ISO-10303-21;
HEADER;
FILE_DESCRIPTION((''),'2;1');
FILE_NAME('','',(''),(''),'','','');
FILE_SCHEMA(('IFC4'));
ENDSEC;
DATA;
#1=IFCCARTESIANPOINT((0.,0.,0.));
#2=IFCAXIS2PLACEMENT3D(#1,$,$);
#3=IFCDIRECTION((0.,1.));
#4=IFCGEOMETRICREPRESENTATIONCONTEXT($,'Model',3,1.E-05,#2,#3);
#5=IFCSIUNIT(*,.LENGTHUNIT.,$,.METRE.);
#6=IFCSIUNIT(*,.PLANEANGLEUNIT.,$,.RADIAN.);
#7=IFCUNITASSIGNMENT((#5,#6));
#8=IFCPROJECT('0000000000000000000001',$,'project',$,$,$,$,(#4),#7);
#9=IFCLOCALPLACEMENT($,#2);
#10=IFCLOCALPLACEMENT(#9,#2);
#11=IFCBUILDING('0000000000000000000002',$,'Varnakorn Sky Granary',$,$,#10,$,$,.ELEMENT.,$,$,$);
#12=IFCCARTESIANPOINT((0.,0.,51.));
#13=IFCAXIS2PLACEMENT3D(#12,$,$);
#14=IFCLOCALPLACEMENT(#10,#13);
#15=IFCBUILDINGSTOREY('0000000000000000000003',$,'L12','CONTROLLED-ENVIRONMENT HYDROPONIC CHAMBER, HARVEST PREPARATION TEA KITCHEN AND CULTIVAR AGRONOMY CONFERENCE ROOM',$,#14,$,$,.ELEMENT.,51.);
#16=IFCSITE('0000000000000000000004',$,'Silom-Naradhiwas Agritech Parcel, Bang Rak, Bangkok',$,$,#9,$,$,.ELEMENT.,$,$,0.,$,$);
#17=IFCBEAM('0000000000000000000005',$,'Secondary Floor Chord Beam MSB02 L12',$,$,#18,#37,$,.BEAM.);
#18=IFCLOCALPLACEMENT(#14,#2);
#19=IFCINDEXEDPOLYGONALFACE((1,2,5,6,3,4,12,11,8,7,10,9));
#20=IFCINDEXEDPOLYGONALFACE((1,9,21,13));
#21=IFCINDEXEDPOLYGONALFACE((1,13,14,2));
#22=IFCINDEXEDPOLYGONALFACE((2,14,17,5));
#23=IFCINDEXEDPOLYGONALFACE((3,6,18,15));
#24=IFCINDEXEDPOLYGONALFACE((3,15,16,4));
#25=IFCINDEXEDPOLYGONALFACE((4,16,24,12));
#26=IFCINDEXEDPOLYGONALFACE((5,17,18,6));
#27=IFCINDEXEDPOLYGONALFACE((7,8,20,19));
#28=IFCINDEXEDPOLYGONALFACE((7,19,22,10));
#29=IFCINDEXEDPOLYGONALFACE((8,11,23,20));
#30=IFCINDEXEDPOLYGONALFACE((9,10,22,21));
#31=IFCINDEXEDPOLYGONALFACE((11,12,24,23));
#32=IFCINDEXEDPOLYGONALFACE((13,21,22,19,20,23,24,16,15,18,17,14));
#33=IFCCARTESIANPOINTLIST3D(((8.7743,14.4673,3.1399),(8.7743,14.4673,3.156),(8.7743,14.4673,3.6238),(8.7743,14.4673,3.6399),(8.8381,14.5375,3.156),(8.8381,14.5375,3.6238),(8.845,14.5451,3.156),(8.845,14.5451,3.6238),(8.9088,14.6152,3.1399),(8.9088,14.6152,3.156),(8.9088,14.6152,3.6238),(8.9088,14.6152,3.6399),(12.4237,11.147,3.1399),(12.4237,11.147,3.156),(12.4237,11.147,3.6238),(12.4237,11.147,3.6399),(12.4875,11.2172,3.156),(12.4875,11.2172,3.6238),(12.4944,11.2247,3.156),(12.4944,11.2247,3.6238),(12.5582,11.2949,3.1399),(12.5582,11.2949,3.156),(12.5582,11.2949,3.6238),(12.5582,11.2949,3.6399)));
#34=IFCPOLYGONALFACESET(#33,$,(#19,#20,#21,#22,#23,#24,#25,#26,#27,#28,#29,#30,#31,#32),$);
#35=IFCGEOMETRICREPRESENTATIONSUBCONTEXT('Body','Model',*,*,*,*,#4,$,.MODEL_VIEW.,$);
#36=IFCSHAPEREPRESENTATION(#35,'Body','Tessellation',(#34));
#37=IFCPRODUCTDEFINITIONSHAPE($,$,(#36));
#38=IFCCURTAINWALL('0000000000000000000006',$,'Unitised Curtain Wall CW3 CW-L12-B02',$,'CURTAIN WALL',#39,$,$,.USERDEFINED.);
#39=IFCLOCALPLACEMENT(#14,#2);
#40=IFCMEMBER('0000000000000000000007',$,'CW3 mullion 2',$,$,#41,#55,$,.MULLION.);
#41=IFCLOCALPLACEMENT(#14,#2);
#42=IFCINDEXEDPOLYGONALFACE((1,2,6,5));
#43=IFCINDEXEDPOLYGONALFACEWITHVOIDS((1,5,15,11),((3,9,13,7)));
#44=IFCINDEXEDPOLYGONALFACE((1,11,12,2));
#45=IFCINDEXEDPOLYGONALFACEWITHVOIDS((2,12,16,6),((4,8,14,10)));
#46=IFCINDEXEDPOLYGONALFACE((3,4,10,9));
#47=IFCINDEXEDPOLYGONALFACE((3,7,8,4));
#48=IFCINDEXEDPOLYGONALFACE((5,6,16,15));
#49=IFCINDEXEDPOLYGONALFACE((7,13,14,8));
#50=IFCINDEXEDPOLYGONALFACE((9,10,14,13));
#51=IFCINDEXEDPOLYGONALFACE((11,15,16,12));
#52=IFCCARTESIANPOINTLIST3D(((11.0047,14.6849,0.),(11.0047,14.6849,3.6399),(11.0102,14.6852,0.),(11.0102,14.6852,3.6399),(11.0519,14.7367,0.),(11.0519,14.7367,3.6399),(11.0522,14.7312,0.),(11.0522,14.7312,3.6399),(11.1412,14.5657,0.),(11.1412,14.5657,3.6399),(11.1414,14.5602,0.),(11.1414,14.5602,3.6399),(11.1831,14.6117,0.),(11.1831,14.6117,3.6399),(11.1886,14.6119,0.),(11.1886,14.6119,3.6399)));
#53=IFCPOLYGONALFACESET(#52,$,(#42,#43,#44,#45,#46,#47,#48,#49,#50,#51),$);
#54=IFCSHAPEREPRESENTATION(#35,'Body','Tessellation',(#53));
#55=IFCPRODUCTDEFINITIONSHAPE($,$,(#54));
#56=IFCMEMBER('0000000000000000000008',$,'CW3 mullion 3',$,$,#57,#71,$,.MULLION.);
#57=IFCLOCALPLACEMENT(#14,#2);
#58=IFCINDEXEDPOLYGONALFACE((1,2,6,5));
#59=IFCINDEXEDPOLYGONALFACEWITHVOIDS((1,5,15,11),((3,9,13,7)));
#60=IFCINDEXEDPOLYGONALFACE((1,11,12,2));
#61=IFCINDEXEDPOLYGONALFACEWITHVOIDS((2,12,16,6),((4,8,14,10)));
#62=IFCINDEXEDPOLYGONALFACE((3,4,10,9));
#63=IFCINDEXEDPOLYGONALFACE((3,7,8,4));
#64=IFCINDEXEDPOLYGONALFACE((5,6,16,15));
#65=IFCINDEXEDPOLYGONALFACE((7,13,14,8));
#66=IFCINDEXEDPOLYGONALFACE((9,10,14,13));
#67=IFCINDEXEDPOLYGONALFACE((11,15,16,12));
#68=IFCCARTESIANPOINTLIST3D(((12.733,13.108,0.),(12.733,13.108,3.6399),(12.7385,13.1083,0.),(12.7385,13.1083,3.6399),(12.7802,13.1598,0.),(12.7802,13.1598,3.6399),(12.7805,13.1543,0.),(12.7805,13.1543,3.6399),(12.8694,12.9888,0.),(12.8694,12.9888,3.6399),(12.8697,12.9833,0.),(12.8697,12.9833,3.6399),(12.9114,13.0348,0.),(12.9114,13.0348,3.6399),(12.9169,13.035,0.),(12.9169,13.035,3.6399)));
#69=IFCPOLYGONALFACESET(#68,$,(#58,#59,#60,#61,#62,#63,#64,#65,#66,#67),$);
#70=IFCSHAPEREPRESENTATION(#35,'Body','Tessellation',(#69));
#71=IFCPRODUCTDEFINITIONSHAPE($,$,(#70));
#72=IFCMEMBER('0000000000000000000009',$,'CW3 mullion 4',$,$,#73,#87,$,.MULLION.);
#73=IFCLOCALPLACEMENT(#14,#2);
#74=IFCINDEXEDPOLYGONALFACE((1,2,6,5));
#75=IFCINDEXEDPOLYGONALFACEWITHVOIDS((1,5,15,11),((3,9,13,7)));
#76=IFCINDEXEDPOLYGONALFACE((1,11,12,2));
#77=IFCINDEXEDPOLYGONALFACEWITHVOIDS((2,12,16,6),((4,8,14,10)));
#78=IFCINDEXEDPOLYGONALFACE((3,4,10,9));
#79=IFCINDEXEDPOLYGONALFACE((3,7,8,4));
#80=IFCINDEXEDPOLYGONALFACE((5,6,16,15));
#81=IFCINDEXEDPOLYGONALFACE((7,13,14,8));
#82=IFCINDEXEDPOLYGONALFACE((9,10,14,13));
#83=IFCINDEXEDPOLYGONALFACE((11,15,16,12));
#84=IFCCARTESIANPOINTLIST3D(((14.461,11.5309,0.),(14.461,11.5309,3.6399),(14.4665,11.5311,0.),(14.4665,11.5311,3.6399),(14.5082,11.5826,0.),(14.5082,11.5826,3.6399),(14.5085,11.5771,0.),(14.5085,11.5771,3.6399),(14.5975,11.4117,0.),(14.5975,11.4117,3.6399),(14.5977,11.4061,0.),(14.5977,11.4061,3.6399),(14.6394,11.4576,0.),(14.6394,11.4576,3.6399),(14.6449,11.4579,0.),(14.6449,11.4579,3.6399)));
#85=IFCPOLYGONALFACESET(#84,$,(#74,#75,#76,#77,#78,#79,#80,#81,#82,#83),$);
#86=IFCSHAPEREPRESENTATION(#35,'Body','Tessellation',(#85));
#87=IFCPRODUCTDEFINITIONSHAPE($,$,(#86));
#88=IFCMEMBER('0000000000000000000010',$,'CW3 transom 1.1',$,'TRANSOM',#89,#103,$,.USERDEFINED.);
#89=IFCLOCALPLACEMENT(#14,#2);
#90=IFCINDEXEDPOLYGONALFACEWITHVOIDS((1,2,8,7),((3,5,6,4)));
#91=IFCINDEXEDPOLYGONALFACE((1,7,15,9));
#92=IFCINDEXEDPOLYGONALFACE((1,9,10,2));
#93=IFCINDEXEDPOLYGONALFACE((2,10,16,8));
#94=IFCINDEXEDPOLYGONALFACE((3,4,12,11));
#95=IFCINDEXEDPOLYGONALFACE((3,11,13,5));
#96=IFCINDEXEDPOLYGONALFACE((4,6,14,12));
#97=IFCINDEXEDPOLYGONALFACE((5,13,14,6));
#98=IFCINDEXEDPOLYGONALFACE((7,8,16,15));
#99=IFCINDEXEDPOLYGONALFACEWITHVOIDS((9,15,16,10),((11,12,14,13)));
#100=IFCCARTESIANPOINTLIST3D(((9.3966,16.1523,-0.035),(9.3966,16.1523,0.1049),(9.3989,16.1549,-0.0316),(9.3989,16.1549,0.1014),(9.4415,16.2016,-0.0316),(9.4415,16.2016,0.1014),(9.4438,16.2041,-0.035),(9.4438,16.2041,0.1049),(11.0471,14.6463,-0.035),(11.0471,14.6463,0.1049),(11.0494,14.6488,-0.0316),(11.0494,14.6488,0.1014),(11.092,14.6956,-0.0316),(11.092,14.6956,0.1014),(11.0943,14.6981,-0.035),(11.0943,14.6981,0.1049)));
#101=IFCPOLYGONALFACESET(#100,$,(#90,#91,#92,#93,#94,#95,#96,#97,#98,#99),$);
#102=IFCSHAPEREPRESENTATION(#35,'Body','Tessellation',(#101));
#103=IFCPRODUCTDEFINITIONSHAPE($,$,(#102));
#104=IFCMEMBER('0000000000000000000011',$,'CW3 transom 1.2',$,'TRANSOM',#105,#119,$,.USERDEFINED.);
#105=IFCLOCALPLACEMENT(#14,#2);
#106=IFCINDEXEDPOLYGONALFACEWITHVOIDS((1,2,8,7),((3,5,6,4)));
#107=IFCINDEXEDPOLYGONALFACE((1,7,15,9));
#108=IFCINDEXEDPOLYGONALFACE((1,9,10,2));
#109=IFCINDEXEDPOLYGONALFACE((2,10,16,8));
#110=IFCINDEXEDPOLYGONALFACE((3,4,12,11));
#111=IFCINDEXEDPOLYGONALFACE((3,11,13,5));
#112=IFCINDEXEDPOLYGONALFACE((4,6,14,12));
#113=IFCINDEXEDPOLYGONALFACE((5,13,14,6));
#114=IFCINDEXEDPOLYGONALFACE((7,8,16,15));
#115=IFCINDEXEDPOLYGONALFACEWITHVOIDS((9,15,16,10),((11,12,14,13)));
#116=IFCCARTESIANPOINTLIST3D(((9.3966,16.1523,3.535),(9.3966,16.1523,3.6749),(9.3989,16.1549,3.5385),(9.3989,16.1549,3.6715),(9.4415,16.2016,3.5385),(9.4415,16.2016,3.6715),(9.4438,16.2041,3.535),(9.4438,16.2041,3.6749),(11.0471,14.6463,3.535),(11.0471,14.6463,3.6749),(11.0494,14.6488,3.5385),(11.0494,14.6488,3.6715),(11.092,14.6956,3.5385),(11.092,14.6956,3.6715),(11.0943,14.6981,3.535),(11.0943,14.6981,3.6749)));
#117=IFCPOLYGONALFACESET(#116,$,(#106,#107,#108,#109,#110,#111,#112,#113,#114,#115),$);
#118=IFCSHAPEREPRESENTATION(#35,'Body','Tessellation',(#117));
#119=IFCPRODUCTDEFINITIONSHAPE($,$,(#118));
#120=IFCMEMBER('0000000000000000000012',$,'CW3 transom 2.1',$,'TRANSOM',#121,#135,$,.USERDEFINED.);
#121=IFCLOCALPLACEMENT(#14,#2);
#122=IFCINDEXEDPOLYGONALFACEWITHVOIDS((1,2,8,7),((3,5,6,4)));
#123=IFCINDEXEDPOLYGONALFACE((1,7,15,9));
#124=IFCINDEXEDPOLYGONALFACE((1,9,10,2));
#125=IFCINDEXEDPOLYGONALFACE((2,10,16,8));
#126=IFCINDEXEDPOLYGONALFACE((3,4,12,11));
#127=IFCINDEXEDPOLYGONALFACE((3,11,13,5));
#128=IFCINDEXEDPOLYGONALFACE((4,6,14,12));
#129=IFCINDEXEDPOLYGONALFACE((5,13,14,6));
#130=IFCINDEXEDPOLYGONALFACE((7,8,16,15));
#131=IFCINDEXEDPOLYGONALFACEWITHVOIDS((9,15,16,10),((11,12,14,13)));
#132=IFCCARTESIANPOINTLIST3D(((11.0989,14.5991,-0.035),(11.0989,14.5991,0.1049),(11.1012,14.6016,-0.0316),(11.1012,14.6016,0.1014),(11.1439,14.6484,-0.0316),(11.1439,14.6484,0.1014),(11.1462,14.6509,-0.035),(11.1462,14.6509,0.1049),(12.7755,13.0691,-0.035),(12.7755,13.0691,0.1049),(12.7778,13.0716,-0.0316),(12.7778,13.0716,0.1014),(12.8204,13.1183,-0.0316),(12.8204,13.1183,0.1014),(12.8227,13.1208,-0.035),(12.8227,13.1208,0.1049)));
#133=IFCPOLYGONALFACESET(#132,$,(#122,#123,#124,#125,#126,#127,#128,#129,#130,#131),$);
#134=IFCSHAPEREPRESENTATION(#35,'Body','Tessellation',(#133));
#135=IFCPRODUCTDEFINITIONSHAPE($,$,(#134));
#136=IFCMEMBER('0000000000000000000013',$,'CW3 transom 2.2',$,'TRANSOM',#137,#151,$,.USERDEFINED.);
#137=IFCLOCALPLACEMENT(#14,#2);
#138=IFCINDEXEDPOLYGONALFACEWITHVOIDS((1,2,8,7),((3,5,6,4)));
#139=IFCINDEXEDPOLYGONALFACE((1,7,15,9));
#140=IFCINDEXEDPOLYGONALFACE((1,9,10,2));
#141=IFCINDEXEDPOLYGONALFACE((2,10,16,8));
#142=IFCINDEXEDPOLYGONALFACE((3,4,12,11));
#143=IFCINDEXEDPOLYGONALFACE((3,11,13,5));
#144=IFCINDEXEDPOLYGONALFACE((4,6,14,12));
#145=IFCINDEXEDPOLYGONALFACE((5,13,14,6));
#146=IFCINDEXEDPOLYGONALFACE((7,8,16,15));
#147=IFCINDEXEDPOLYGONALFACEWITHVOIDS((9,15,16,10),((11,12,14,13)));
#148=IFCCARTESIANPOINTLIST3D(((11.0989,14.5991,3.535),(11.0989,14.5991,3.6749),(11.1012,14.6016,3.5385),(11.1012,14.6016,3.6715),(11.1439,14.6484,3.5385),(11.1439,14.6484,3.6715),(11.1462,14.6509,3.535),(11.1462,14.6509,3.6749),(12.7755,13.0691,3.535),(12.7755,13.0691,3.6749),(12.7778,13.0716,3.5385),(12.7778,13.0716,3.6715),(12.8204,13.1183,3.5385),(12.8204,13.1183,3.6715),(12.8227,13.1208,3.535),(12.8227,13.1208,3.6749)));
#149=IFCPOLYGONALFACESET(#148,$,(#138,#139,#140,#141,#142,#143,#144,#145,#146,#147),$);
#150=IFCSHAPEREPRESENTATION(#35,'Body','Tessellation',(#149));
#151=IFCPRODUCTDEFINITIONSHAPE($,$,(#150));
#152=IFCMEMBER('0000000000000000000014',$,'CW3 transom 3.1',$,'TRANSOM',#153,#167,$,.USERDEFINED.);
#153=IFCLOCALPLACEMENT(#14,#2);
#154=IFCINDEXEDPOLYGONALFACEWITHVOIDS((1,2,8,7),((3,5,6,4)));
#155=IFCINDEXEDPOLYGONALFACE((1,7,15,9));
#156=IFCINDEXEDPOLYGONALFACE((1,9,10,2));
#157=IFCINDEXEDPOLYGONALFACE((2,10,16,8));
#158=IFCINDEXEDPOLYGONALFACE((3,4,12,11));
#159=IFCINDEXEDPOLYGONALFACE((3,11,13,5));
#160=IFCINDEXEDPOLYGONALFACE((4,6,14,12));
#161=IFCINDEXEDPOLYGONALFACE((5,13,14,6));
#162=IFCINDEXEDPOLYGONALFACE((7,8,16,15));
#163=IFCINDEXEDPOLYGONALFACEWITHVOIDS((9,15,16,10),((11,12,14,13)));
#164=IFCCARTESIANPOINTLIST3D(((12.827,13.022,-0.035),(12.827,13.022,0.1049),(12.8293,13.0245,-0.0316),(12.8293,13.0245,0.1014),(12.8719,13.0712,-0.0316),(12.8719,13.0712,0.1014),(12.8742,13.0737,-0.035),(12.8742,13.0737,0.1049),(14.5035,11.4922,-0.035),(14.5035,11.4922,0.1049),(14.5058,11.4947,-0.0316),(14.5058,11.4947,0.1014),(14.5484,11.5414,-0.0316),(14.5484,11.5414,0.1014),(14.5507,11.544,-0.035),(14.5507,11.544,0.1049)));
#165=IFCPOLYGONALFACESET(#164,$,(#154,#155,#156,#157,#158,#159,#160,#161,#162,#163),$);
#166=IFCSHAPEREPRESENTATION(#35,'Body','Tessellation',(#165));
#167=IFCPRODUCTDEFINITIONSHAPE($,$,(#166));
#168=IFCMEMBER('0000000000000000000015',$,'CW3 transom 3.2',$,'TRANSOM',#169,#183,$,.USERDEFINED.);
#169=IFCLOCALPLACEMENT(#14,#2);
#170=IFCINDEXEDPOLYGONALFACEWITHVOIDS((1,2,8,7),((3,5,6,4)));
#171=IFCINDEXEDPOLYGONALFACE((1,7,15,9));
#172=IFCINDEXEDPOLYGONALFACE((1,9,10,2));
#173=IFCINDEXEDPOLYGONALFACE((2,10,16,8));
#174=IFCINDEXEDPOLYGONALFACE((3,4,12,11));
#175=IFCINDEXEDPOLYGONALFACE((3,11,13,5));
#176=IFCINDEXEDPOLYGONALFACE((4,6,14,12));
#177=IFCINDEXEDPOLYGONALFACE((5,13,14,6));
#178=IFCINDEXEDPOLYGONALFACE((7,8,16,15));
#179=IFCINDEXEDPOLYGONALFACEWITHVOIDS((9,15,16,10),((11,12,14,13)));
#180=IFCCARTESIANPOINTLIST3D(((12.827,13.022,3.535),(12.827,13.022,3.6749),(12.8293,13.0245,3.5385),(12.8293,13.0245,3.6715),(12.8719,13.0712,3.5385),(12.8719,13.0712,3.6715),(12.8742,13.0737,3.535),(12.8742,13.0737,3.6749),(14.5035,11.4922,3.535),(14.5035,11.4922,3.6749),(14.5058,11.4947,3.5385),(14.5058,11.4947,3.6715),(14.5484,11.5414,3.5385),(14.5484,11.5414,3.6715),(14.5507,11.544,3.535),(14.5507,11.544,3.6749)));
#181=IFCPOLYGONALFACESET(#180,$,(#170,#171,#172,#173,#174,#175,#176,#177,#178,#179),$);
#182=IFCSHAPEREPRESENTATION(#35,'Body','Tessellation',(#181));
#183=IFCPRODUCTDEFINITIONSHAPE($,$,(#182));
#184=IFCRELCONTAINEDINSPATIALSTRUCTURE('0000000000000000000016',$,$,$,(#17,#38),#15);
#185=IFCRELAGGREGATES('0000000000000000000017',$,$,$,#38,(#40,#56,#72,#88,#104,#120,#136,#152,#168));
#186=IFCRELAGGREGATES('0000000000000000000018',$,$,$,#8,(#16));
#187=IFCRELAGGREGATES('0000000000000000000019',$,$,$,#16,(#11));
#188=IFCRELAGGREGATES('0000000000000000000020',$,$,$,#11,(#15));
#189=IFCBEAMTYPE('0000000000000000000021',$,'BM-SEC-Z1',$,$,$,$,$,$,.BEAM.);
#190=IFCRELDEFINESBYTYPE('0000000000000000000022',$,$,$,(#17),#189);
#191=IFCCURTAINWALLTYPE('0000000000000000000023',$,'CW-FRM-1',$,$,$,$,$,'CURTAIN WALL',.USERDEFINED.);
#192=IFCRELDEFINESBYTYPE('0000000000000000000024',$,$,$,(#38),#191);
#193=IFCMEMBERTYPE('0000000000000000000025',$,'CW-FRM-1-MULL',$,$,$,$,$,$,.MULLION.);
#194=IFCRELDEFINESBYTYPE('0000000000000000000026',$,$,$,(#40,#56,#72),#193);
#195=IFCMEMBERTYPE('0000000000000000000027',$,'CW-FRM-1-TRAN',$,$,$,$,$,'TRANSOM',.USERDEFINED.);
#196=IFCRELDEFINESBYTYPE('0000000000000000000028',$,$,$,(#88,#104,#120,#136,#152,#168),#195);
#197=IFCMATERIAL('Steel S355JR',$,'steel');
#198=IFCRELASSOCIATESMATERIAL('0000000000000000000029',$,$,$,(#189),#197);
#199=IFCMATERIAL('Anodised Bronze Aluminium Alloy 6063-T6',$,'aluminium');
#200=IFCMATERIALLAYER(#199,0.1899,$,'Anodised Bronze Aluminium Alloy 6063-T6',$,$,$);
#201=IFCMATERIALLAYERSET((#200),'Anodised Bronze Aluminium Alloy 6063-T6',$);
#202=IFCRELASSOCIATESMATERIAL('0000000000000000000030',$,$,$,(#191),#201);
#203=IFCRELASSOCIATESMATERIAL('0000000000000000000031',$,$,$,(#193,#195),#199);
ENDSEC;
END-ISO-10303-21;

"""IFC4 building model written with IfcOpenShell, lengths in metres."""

from ifc_helpers import new_model, si_unit, direction, frame, origin, origin_2d, place, context, subcontext, project, spatial, hollow_rectangle, i_section, extrude, material, layer, layer_set, material_profile, profile_set, type_object, element, aggregate, save


model = new_model("IFC4")

# Units and contexts
model_context = context("Model", 3, precision=1e-05, world=origin(), true_north=direction((0.0, 1.0)))
body_context = subcontext(model_context, "Body", "Model", "MODEL_VIEW")
ifc_project = project(units=[si_unit("LENGTHUNIT", "METRE"), si_unit("PLANEANGLEUNIT", "RADIAN")], contexts=[model_context])

# Site, building, storey
site_placement = place(None, origin())
site = spatial("IfcSite", under=ifc_project, at=site_placement, Name="Silom-Naradhiwas Agritech Parcel, Bang Rak, Bangkok", CompositionType="ELEMENT", RefElevation=0.0)
building_placement = place(site_placement, origin())
building = spatial("IfcBuilding", under=site, at=building_placement, Name="Varnakorn Sky Granary", CompositionType="ELEMENT")
storey_placement = place(building_placement, frame((0.0, 0.0, 51.0)))
storey = spatial("IfcBuildingStorey", under=building, at=storey_placement, Name="L12", Description="CONTROLLED-ENVIRONMENT HYDROPONIC CHAMBER, HARVEST PREPARATION TEA KITCHEN AND CULTIVAR AGRONOMY CONFERENCE ROOM", CompositionType="ELEMENT", Elevation=51.0)

# Beam
ifc_material_1 = material(Name="Steel S355JR", Category="steel")
ifc_material_profile_1 = material_profile(ifc_material_1, i_section(OverallWidth=0.2, OverallDepth=0.5, WebThickness=0.0103, FlangeThickness=0.0161, at=origin_2d()), Name="IPE 500")
ifc_profile_set_1 = profile_set([ifc_material_profile_1], Name="Steel S355JR")
beam_type = type_object("IfcBeamType", Name="BM-SEC-Z1", PredefinedType="BEAM", material=ifc_profile_set_1)
beam_placement = place(storey_placement, frame((12.491, 11.2209, 3.3899), z_axis=(-0.739671, 0.672968, 0.0), x_axis=(-0.672968, -0.739671, 0.0)))
element("IfcBeam", 1, at=beam_placement, inside=storey, type_object=beam_type, Name="Secondary Floor Chord Beam MSB02 L12", PredefinedType="BEAM", context=body_context, shape_type="SweptSolid", body=[
    extrude(i_section(OverallWidth=0.2, OverallDepth=0.5, WebThickness=0.0103, FlangeThickness=0.0161, at=origin_2d()), origin(), (0.0, 0.0, 1.0), 4.9338),
])

# Curtain wall, members
ifc_material_2 = material(Name="Anodised Bronze Aluminium Alloy 6063-T6", Category="aluminium")
ifc_layer_1 = layer(ifc_material_2, 0.1899, Name="Anodised Bronze Aluminium Alloy 6063-T6")
ifc_layer_set_1 = layer_set([ifc_layer_1], Name="Anodised Bronze Aluminium Alloy 6063-T6")
curtain_wall_type = type_object("IfcCurtainWallType", Name="CW-FRM-1", ElementType="CURTAIN WALL", PredefinedType="USERDEFINED", material=ifc_layer_set_1)
curtain_wall_placement = place(storey_placement, origin())
curtain_wall = element("IfcCurtainWall", 2, at=curtain_wall_placement, inside=storey, type_object=curtain_wall_type, Name="Unitised Curtain Wall CW3 CW-L12-B02", ObjectType="CURTAIN WALL", PredefinedType="USERDEFINED")
ifc_material_profile_2 = material_profile(ifc_material_2, hollow_rectangle(XDim=0.0701, YDim=0.1851, WallThickness=0.0039, at=origin_2d()), Name="ALU MULL 70x185")
ifc_profile_set_2 = profile_set([ifc_material_profile_2], Name="Anodised Bronze Aluminium Alloy 6063-T6")
member_type_1 = type_object("IfcMemberType", Name="CW-FRM-1-MULL", PredefinedType="MULLION", material=ifc_profile_set_2)
member_1_placement = place(storey_placement, frame((11.0967, 14.6484, 0.0), z_axis=(0.0, 0.0, 1.0), x_axis=(0.674049, 0.738686, 0.0)))
member_1 = element("IfcMember", 3, at=member_1_placement, type_object=member_type_1, Name="CW3 mullion 2", PredefinedType="MULLION", context=body_context, shape_type="SweptSolid", body=[
    extrude(hollow_rectangle(XDim=0.0701, YDim=0.1851, WallThickness=0.0039, at=origin_2d()), origin(), (0.0, 0.0, 1.0), 3.6399),
])
member_2_placement = place(storey_placement, frame((12.825, 13.0715, 0.0), z_axis=(0.0, 0.0, 1.0), x_axis=(0.674049, 0.738686, 0.0)))
member_2 = element("IfcMember", 4, at=member_2_placement, type_object=member_type_1, Name="CW3 mullion 3", PredefinedType="MULLION", context=body_context, shape_type="SweptSolid", body=[
    extrude(hollow_rectangle(XDim=0.0701, YDim=0.1851, WallThickness=0.0039, at=origin_2d()), origin(), (0.0, 0.0, 1.0), 3.6399),
])
member_3_placement = place(storey_placement, frame((14.553, 11.4944, 0.0), z_axis=(0.0, 0.0, 1.0), x_axis=(0.674049, 0.738686, 0.0)))
member_3 = element("IfcMember", 5, at=member_3_placement, type_object=member_type_1, Name="CW3 mullion 4", PredefinedType="MULLION", context=body_context, shape_type="SweptSolid", body=[
    extrude(hollow_rectangle(XDim=0.0701, YDim=0.1851, WallThickness=0.0039, at=origin_2d()), origin(), (0.0, 0.0, 1.0), 3.6399),
])
ifc_material_profile_3 = material_profile(ifc_material_2, hollow_rectangle(XDim=0.0701, YDim=0.1399, WallThickness=0.0034, at=origin_2d()), Name="ALU TRAN 70x140")
ifc_profile_set_3 = profile_set([ifc_material_profile_3], Name="Anodised Bronze Aluminium Alloy 6063-T6")
member_type_2 = type_object("IfcMemberType", Name="CW-FRM-1-TRAN", ElementType="TRANSOM", PredefinedType="USERDEFINED", material=ifc_profile_set_3)
member_4_placement = place(storey_placement, frame((9.4202, 16.1782, 0.0349), z_axis=(0.738708, -0.674026, 0.0), x_axis=(0.674026, 0.738708, 0.0)))
member_4 = element("IfcMember", 6, at=member_4_placement, type_object=member_type_2, Name="CW3 transom 1.1", ObjectType="TRANSOM", PredefinedType="USERDEFINED", context=body_context, shape_type="SweptSolid", body=[
    extrude(hollow_rectangle(XDim=0.0701, YDim=0.1399, WallThickness=0.0034, at=origin_2d()), origin(), (0.0, 0.0, 1.0), 2.2344),
])
member_5_placement = place(storey_placement, frame((9.4202, 16.1782, 3.605), z_axis=(0.738708, -0.674026, 0.0), x_axis=(0.674026, 0.738708, 0.0)))
member_5 = element("IfcMember", 7, at=member_5_placement, type_object=member_type_2, Name="CW3 transom 1.2", ObjectType="TRANSOM", PredefinedType="USERDEFINED", context=body_context, shape_type="SweptSolid", body=[
    extrude(hollow_rectangle(XDim=0.0701, YDim=0.1399, WallThickness=0.0034, at=origin_2d()), origin(), (0.0, 0.0, 1.0), 2.2344),
])
member_6_placement = place(storey_placement, frame((11.1226, 14.625, 0.0349), z_axis=(0.738639, -0.674101, 0.0), x_axis=(0.674101, 0.738639, 0.0)))
member_6 = element("IfcMember", 8, at=member_6_placement, type_object=member_type_2, Name="CW3 transom 2.1", ObjectType="TRANSOM", PredefinedType="USERDEFINED", context=body_context, shape_type="SweptSolid", body=[
    extrude(hollow_rectangle(XDim=0.0701, YDim=0.1399, WallThickness=0.0034, at=origin_2d()), origin(), (0.0, 0.0, 1.0), 2.2698),
])
member_7_placement = place(storey_placement, frame((11.1226, 14.625, 3.605), z_axis=(0.738639, -0.674101, 0.0), x_axis=(0.674101, 0.738639, 0.0)))
member_7 = element("IfcMember", 9, at=member_7_placement, type_object=member_type_2, Name="CW3 transom 2.2", ObjectType="TRANSOM", PredefinedType="USERDEFINED", context=body_context, shape_type="SweptSolid", body=[
    extrude(hollow_rectangle(XDim=0.0701, YDim=0.1399, WallThickness=0.0034, at=origin_2d()), origin(), (0.0, 0.0, 1.0), 2.2698),
])
member_8_placement = place(storey_placement, frame((12.8506, 13.0479, 0.0349), z_axis=(0.738693, -0.674042, 0.0), x_axis=(0.674042, 0.738693, 0.0)))
member_8 = element("IfcMember", 10, at=member_8_placement, type_object=member_type_2, Name="CW3 transom 3.1", ObjectType="TRANSOM", PredefinedType="USERDEFINED", context=body_context, shape_type="SweptSolid", body=[
    extrude(hollow_rectangle(XDim=0.0701, YDim=0.1399, WallThickness=0.0034, at=origin_2d()), origin(), (0.0, 0.0, 1.0), 2.2695),
])
member_9_placement = place(storey_placement, frame((12.8506, 13.0479, 3.605), z_axis=(0.738693, -0.674042, 0.0), x_axis=(0.674042, 0.738693, 0.0)))
member_9 = element("IfcMember", 11, at=member_9_placement, type_object=member_type_2, Name="CW3 transom 3.2", ObjectType="TRANSOM", PredefinedType="USERDEFINED", context=body_context, shape_type="SweptSolid", body=[
    extrude(hollow_rectangle(XDim=0.0701, YDim=0.1399, WallThickness=0.0034, at=origin_2d()), origin(), (0.0, 0.0, 1.0), 2.2695),
])
aggregate(curtain_wall, [member_1, member_2, member_3, member_4, member_5, member_6, member_7, member_8, member_9])

save(model, "model.ifc")
